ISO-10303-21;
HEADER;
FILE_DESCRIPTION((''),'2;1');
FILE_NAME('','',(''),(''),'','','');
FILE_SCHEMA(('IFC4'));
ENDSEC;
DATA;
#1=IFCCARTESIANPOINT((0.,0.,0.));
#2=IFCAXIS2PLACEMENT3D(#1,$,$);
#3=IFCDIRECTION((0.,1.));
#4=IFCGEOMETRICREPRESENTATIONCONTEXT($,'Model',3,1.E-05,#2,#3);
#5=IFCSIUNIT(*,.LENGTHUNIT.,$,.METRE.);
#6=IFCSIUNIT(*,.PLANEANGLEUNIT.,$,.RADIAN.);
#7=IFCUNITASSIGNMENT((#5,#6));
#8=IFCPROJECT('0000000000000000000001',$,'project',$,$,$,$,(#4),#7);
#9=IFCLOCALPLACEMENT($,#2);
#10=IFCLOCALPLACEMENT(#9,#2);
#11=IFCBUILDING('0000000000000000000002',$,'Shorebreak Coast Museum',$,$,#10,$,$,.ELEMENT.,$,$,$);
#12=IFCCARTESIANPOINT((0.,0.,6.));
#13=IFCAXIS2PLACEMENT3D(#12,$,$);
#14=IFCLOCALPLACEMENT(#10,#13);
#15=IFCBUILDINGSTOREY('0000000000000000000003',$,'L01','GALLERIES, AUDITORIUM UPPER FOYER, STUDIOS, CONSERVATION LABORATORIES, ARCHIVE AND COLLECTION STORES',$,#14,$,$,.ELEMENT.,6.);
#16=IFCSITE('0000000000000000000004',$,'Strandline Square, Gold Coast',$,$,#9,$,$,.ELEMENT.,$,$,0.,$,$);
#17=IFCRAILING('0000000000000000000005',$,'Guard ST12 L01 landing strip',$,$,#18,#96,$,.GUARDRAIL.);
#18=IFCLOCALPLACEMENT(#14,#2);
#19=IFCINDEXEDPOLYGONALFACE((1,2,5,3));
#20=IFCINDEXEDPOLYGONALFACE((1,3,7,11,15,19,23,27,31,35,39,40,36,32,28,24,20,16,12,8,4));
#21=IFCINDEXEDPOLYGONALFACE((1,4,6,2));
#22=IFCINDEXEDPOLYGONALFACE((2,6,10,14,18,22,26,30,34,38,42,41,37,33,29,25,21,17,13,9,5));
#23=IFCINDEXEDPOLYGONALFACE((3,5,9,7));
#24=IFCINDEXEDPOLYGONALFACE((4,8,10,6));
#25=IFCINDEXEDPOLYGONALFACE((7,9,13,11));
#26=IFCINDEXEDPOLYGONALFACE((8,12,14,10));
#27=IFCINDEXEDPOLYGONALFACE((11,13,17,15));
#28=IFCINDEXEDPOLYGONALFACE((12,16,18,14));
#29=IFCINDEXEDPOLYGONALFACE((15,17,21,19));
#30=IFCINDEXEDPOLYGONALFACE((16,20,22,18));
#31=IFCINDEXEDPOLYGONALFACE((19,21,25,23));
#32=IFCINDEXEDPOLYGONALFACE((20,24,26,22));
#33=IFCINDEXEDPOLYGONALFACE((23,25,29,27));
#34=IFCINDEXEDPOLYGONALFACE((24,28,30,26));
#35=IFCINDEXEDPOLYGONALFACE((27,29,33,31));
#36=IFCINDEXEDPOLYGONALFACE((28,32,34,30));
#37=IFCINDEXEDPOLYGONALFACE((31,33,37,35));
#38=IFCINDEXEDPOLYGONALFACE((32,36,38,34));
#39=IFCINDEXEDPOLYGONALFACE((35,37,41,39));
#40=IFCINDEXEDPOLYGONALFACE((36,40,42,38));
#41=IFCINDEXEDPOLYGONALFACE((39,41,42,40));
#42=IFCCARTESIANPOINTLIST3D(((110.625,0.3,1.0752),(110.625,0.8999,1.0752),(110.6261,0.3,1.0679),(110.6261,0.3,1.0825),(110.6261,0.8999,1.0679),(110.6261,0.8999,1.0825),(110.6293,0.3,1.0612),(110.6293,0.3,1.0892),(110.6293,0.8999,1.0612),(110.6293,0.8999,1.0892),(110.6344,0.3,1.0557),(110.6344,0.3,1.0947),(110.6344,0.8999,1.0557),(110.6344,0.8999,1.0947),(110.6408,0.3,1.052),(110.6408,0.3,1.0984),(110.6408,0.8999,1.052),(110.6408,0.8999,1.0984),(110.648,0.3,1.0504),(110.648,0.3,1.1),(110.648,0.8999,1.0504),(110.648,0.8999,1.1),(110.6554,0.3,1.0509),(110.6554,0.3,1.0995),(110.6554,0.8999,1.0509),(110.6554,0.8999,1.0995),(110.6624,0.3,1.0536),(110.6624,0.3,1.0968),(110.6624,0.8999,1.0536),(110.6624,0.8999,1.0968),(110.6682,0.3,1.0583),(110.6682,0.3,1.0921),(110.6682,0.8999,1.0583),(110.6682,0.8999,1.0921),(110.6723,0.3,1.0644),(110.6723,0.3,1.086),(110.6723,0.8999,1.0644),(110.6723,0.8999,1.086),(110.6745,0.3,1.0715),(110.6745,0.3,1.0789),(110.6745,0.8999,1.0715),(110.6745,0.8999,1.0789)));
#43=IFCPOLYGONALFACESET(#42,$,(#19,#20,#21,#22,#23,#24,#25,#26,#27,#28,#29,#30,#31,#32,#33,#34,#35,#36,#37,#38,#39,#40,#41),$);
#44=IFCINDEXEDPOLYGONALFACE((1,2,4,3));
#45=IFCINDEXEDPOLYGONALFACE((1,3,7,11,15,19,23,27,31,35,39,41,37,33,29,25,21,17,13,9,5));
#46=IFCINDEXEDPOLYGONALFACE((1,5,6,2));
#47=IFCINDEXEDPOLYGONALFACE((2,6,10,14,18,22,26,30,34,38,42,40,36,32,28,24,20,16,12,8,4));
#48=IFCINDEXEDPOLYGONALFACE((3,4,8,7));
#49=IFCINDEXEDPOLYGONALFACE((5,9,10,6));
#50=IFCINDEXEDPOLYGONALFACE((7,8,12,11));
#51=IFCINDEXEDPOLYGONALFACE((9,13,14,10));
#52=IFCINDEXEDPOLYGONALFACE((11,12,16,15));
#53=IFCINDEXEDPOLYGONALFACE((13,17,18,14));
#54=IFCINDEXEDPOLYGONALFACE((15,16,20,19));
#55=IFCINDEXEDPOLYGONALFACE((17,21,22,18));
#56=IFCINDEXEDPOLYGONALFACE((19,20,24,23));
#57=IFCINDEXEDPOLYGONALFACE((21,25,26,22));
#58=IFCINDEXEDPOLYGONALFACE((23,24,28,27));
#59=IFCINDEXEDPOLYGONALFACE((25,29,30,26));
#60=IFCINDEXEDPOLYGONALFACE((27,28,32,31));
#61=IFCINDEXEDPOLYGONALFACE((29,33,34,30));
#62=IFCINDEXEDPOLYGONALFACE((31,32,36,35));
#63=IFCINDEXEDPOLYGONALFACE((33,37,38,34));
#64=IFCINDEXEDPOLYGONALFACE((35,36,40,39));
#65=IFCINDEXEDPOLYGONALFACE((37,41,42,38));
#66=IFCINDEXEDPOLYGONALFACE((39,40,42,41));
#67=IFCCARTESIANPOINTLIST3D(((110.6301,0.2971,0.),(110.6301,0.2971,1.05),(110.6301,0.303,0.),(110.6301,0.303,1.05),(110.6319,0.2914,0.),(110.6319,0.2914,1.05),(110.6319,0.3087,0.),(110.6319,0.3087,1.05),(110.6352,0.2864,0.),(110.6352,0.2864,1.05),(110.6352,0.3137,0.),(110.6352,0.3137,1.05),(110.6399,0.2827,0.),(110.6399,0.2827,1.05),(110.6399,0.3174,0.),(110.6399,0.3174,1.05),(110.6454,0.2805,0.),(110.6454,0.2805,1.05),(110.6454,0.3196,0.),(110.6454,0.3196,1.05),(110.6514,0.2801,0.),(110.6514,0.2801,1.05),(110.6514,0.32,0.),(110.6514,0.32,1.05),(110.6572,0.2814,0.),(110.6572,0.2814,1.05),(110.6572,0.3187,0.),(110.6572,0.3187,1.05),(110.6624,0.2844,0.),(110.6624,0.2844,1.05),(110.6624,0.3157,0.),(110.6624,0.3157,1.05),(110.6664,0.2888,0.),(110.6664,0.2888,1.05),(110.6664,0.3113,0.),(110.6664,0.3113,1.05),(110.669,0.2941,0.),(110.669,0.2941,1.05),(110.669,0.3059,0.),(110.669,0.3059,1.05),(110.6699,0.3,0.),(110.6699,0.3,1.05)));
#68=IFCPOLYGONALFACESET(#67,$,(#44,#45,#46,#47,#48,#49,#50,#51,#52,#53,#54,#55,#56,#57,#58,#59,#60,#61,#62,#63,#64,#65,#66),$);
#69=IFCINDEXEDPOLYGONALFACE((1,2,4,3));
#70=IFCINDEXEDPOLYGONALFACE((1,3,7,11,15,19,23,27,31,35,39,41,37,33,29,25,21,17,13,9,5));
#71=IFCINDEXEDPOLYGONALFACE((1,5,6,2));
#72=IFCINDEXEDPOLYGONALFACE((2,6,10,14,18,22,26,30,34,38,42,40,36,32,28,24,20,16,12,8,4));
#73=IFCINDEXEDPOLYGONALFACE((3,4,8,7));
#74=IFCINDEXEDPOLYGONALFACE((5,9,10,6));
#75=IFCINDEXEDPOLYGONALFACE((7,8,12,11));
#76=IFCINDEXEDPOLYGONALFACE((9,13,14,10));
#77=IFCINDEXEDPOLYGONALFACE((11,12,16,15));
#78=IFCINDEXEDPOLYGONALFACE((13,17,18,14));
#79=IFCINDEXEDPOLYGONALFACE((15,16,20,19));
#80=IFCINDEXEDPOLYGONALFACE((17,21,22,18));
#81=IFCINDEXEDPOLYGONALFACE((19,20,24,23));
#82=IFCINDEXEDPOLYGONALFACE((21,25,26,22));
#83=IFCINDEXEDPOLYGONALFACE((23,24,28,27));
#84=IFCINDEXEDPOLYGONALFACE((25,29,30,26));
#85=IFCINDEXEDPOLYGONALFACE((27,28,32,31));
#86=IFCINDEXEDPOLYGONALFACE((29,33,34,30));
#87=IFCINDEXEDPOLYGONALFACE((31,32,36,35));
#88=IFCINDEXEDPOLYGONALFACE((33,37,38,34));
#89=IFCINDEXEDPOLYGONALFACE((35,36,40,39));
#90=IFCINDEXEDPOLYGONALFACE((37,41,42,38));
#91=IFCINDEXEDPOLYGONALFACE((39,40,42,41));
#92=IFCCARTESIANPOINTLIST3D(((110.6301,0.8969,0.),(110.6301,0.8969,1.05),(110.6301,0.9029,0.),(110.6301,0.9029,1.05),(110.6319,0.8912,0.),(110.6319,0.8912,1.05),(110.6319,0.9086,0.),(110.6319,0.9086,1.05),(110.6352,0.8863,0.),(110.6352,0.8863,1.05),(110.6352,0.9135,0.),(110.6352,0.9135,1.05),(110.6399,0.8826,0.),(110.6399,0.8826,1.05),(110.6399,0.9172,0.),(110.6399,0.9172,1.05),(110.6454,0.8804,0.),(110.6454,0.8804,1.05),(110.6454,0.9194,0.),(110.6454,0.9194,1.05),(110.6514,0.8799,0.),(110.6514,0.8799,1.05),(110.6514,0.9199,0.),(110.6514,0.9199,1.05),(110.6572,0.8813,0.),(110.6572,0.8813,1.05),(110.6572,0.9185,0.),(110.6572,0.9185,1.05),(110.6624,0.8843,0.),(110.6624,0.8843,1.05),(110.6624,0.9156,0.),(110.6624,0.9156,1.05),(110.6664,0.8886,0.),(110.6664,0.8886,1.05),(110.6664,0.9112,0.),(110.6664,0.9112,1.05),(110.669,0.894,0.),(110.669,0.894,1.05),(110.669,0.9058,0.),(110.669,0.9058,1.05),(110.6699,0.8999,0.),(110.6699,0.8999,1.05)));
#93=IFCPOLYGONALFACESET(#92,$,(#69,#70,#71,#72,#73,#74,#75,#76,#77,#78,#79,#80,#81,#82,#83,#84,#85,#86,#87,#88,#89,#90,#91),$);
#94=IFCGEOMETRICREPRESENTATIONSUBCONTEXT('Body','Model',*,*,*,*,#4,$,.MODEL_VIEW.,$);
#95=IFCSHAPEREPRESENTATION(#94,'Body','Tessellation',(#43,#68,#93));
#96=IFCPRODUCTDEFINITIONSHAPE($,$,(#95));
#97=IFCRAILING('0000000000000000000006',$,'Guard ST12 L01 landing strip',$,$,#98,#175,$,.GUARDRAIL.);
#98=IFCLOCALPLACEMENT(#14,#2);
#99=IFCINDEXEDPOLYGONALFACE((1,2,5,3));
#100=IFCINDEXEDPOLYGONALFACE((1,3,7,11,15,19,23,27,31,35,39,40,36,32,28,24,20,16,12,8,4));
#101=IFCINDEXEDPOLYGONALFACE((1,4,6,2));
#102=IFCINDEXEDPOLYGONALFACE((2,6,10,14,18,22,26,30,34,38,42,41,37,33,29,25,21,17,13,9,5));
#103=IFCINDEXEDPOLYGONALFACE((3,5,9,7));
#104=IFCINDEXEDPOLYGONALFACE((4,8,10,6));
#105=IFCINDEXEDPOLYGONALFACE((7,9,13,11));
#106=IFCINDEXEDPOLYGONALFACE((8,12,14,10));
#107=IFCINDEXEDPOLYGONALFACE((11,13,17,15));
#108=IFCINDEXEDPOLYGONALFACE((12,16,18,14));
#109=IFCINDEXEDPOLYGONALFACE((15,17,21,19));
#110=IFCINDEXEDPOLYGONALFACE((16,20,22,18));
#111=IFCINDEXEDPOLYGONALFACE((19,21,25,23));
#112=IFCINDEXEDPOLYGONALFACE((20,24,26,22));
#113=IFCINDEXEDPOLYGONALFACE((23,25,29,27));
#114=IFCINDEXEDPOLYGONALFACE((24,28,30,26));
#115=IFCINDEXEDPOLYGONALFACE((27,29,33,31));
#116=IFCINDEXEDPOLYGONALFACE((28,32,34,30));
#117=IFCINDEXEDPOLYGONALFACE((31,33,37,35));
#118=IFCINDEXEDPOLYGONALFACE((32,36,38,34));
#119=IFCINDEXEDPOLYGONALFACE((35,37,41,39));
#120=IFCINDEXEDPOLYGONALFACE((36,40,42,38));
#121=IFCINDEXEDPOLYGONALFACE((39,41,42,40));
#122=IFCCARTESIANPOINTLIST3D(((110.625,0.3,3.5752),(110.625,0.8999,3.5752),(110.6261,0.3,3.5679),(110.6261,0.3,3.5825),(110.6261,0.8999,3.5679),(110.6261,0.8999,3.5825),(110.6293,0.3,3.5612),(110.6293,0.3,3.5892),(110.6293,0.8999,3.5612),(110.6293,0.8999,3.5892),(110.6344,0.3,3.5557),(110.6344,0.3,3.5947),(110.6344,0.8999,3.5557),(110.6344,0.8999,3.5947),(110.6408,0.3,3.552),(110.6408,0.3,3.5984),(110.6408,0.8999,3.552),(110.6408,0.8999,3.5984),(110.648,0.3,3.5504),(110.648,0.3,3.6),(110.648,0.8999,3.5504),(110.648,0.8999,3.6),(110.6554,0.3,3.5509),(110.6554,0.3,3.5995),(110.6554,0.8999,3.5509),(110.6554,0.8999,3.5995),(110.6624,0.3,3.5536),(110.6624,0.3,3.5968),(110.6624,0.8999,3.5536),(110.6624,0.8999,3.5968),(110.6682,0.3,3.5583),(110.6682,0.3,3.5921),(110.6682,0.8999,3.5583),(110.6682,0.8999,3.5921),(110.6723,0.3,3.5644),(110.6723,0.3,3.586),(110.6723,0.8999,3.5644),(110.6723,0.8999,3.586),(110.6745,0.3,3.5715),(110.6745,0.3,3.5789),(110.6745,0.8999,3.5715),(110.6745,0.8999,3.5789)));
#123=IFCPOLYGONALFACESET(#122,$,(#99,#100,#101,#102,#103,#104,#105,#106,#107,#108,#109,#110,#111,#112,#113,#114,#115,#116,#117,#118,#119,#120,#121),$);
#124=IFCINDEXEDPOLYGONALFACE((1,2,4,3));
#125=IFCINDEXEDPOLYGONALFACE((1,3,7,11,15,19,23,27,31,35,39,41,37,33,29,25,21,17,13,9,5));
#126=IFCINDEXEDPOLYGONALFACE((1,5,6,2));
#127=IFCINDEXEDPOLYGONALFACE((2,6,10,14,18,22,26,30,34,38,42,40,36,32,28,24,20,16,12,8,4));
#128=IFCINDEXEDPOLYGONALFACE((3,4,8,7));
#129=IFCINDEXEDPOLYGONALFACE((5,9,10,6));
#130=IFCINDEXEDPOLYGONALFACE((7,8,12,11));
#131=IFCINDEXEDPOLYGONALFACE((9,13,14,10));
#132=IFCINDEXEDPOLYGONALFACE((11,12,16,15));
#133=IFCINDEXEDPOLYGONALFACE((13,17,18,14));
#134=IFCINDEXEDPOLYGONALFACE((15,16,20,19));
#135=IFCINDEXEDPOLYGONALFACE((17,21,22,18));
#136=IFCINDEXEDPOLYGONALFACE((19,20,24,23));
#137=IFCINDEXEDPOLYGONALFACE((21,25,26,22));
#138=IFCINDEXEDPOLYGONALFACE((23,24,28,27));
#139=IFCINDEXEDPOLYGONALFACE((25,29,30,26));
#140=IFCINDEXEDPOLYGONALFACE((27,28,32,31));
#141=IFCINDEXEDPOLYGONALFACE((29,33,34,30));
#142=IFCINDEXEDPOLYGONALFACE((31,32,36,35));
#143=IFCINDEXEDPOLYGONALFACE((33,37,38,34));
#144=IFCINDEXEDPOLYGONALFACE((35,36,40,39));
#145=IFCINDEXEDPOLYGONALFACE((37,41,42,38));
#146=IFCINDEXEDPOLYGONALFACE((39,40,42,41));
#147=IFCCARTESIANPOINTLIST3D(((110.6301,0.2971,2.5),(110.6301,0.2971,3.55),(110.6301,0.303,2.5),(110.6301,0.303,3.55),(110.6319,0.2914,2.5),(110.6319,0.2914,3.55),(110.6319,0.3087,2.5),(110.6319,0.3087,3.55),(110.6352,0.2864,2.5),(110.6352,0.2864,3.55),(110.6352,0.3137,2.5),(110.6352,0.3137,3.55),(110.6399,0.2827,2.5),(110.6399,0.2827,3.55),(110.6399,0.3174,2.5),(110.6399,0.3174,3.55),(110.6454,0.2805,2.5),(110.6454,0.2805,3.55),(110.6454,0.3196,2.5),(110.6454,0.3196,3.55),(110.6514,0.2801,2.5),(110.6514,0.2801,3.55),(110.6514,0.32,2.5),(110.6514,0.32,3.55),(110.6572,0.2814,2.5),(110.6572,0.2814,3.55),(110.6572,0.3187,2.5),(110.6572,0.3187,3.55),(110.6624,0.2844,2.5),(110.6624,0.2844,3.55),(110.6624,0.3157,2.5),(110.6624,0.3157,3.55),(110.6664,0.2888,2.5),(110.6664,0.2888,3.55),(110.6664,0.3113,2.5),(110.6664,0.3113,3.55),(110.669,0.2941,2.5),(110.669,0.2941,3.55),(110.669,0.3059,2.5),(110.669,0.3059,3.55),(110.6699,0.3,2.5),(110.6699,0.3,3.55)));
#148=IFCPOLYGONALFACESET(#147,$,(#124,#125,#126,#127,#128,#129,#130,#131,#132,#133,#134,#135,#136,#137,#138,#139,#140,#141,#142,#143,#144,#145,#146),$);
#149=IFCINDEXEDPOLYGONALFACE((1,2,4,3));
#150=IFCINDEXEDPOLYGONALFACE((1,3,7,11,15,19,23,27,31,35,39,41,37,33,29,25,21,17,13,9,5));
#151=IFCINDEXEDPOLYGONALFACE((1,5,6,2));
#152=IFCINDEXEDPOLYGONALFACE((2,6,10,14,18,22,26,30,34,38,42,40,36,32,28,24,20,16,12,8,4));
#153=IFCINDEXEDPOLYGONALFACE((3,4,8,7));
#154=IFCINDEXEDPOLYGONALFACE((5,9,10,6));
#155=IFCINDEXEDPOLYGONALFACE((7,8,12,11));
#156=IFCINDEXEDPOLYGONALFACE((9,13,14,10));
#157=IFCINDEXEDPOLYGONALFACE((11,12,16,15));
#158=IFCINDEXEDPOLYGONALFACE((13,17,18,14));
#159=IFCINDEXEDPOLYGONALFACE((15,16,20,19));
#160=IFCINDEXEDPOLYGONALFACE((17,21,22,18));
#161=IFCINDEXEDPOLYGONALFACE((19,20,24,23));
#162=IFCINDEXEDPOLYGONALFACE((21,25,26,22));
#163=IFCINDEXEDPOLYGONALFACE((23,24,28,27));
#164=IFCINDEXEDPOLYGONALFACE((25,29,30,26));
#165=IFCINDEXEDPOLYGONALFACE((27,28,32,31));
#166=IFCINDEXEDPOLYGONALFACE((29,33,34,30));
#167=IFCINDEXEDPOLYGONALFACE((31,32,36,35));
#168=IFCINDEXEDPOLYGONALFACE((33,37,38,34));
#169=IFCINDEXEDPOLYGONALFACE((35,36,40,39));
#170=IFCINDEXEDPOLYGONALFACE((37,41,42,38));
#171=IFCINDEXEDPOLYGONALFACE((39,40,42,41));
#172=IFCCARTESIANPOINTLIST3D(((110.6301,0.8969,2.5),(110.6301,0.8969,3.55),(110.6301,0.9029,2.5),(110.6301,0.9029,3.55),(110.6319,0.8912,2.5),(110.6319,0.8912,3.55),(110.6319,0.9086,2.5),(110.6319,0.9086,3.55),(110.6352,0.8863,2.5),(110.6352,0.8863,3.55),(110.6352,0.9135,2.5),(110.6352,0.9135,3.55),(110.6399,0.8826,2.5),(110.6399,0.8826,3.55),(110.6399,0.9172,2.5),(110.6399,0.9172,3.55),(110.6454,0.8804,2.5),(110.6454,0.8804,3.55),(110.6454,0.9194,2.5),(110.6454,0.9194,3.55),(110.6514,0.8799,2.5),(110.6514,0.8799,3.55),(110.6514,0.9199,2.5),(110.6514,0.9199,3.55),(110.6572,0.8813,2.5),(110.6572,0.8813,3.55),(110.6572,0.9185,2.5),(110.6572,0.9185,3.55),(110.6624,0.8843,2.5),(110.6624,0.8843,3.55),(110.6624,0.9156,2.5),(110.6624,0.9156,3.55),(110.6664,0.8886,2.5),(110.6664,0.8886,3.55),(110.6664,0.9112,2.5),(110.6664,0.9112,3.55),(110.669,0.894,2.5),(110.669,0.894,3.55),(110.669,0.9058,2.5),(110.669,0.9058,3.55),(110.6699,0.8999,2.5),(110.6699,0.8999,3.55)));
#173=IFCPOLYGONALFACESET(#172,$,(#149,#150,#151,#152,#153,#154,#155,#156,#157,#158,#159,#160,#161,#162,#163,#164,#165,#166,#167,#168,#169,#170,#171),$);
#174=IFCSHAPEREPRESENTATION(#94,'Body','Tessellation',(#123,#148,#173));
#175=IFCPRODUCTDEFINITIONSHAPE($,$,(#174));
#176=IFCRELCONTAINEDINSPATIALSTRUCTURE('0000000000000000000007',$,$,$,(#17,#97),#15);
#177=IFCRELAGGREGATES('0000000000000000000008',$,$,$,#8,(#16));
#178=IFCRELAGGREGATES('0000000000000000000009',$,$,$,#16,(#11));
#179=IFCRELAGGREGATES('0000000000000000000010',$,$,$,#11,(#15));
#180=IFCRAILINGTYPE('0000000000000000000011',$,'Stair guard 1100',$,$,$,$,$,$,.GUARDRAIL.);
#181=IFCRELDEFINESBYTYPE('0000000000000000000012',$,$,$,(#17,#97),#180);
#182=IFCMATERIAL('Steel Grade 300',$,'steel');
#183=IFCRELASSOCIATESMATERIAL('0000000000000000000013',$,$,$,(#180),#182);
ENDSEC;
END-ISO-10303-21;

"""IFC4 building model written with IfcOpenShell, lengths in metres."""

from ifc_helpers import new_model, si_unit, direction, frame, origin, origin_2d, place, context, subcontext, project, spatial, circle, extrude, material, type_object, element, save


model = new_model("IFC4")

# Units and contexts
model_context = context("Model", 3, precision=1e-05, world=origin(), true_north=direction((0.0, 1.0)))
body_context = subcontext(model_context, "Body", "Model", "MODEL_VIEW")
ifc_project = project(units=[si_unit("LENGTHUNIT", "METRE"), si_unit("PLANEANGLEUNIT", "RADIAN")], contexts=[model_context])

# Site, building, storey
site_placement = place(None, origin())
site = spatial("IfcSite", under=ifc_project, at=site_placement, Name="Strandline Square, Gold Coast", CompositionType="ELEMENT", RefElevation=0.0)
building_placement = place(site_placement, origin())
building = spatial("IfcBuilding", under=site, at=building_placement, Name="Shorebreak Coast Museum", CompositionType="ELEMENT")
storey_placement = place(building_placement, frame((0.0, 0.0, 6.0)))
storey = spatial("IfcBuildingStorey", under=building, at=storey_placement, Name="L01", Description="GALLERIES, AUDITORIUM UPPER FOYER, STUDIOS, CONSERVATION LABORATORIES, ARCHIVE AND COLLECTION STORES", CompositionType="ELEMENT", Elevation=6.0)

# Railings
ifc_material_1 = material(Name="Steel Grade 300", Category="steel")
railing_type_1 = type_object("IfcRailingType", Name="Stair guard 1100", PredefinedType="GUARDRAIL", material=ifc_material_1)
for number, where, name in (
    (1, (110.6499, 0.3, 0.0), "Guard ST12 L01 landing strip"),
    (2, (110.6499, 0.3, 2.5), "Guard ST12 L01 landing strip"),
):
    element("IfcRailing", number, at=place(storey_placement, frame(where)), inside=storey, type_object=railing_type_1, Name=name, PredefinedType="GUARDRAIL", context=body_context, shape_type="SweptSolid", body=[
        extrude(circle(Radius=0.0249, at=origin_2d()), frame((0.0, 0.0, 1.0752), z_axis=(0.0, 1.0, 0.0), x_axis=(-1.0, 0.0, 0.0)), (0.0, 0.0, 1.0), 0.5999),
        extrude(circle(Radius=0.02, at=origin_2d()), origin(), (0.0, 0.0, 1.0), 1.05),
        extrude(circle(Radius=0.02, at=origin_2d()), frame((0.0, 0.5999, 0.0)), (0.0, 0.0, 1.0), 1.05),
    ])

save(model, "model.ifc")
